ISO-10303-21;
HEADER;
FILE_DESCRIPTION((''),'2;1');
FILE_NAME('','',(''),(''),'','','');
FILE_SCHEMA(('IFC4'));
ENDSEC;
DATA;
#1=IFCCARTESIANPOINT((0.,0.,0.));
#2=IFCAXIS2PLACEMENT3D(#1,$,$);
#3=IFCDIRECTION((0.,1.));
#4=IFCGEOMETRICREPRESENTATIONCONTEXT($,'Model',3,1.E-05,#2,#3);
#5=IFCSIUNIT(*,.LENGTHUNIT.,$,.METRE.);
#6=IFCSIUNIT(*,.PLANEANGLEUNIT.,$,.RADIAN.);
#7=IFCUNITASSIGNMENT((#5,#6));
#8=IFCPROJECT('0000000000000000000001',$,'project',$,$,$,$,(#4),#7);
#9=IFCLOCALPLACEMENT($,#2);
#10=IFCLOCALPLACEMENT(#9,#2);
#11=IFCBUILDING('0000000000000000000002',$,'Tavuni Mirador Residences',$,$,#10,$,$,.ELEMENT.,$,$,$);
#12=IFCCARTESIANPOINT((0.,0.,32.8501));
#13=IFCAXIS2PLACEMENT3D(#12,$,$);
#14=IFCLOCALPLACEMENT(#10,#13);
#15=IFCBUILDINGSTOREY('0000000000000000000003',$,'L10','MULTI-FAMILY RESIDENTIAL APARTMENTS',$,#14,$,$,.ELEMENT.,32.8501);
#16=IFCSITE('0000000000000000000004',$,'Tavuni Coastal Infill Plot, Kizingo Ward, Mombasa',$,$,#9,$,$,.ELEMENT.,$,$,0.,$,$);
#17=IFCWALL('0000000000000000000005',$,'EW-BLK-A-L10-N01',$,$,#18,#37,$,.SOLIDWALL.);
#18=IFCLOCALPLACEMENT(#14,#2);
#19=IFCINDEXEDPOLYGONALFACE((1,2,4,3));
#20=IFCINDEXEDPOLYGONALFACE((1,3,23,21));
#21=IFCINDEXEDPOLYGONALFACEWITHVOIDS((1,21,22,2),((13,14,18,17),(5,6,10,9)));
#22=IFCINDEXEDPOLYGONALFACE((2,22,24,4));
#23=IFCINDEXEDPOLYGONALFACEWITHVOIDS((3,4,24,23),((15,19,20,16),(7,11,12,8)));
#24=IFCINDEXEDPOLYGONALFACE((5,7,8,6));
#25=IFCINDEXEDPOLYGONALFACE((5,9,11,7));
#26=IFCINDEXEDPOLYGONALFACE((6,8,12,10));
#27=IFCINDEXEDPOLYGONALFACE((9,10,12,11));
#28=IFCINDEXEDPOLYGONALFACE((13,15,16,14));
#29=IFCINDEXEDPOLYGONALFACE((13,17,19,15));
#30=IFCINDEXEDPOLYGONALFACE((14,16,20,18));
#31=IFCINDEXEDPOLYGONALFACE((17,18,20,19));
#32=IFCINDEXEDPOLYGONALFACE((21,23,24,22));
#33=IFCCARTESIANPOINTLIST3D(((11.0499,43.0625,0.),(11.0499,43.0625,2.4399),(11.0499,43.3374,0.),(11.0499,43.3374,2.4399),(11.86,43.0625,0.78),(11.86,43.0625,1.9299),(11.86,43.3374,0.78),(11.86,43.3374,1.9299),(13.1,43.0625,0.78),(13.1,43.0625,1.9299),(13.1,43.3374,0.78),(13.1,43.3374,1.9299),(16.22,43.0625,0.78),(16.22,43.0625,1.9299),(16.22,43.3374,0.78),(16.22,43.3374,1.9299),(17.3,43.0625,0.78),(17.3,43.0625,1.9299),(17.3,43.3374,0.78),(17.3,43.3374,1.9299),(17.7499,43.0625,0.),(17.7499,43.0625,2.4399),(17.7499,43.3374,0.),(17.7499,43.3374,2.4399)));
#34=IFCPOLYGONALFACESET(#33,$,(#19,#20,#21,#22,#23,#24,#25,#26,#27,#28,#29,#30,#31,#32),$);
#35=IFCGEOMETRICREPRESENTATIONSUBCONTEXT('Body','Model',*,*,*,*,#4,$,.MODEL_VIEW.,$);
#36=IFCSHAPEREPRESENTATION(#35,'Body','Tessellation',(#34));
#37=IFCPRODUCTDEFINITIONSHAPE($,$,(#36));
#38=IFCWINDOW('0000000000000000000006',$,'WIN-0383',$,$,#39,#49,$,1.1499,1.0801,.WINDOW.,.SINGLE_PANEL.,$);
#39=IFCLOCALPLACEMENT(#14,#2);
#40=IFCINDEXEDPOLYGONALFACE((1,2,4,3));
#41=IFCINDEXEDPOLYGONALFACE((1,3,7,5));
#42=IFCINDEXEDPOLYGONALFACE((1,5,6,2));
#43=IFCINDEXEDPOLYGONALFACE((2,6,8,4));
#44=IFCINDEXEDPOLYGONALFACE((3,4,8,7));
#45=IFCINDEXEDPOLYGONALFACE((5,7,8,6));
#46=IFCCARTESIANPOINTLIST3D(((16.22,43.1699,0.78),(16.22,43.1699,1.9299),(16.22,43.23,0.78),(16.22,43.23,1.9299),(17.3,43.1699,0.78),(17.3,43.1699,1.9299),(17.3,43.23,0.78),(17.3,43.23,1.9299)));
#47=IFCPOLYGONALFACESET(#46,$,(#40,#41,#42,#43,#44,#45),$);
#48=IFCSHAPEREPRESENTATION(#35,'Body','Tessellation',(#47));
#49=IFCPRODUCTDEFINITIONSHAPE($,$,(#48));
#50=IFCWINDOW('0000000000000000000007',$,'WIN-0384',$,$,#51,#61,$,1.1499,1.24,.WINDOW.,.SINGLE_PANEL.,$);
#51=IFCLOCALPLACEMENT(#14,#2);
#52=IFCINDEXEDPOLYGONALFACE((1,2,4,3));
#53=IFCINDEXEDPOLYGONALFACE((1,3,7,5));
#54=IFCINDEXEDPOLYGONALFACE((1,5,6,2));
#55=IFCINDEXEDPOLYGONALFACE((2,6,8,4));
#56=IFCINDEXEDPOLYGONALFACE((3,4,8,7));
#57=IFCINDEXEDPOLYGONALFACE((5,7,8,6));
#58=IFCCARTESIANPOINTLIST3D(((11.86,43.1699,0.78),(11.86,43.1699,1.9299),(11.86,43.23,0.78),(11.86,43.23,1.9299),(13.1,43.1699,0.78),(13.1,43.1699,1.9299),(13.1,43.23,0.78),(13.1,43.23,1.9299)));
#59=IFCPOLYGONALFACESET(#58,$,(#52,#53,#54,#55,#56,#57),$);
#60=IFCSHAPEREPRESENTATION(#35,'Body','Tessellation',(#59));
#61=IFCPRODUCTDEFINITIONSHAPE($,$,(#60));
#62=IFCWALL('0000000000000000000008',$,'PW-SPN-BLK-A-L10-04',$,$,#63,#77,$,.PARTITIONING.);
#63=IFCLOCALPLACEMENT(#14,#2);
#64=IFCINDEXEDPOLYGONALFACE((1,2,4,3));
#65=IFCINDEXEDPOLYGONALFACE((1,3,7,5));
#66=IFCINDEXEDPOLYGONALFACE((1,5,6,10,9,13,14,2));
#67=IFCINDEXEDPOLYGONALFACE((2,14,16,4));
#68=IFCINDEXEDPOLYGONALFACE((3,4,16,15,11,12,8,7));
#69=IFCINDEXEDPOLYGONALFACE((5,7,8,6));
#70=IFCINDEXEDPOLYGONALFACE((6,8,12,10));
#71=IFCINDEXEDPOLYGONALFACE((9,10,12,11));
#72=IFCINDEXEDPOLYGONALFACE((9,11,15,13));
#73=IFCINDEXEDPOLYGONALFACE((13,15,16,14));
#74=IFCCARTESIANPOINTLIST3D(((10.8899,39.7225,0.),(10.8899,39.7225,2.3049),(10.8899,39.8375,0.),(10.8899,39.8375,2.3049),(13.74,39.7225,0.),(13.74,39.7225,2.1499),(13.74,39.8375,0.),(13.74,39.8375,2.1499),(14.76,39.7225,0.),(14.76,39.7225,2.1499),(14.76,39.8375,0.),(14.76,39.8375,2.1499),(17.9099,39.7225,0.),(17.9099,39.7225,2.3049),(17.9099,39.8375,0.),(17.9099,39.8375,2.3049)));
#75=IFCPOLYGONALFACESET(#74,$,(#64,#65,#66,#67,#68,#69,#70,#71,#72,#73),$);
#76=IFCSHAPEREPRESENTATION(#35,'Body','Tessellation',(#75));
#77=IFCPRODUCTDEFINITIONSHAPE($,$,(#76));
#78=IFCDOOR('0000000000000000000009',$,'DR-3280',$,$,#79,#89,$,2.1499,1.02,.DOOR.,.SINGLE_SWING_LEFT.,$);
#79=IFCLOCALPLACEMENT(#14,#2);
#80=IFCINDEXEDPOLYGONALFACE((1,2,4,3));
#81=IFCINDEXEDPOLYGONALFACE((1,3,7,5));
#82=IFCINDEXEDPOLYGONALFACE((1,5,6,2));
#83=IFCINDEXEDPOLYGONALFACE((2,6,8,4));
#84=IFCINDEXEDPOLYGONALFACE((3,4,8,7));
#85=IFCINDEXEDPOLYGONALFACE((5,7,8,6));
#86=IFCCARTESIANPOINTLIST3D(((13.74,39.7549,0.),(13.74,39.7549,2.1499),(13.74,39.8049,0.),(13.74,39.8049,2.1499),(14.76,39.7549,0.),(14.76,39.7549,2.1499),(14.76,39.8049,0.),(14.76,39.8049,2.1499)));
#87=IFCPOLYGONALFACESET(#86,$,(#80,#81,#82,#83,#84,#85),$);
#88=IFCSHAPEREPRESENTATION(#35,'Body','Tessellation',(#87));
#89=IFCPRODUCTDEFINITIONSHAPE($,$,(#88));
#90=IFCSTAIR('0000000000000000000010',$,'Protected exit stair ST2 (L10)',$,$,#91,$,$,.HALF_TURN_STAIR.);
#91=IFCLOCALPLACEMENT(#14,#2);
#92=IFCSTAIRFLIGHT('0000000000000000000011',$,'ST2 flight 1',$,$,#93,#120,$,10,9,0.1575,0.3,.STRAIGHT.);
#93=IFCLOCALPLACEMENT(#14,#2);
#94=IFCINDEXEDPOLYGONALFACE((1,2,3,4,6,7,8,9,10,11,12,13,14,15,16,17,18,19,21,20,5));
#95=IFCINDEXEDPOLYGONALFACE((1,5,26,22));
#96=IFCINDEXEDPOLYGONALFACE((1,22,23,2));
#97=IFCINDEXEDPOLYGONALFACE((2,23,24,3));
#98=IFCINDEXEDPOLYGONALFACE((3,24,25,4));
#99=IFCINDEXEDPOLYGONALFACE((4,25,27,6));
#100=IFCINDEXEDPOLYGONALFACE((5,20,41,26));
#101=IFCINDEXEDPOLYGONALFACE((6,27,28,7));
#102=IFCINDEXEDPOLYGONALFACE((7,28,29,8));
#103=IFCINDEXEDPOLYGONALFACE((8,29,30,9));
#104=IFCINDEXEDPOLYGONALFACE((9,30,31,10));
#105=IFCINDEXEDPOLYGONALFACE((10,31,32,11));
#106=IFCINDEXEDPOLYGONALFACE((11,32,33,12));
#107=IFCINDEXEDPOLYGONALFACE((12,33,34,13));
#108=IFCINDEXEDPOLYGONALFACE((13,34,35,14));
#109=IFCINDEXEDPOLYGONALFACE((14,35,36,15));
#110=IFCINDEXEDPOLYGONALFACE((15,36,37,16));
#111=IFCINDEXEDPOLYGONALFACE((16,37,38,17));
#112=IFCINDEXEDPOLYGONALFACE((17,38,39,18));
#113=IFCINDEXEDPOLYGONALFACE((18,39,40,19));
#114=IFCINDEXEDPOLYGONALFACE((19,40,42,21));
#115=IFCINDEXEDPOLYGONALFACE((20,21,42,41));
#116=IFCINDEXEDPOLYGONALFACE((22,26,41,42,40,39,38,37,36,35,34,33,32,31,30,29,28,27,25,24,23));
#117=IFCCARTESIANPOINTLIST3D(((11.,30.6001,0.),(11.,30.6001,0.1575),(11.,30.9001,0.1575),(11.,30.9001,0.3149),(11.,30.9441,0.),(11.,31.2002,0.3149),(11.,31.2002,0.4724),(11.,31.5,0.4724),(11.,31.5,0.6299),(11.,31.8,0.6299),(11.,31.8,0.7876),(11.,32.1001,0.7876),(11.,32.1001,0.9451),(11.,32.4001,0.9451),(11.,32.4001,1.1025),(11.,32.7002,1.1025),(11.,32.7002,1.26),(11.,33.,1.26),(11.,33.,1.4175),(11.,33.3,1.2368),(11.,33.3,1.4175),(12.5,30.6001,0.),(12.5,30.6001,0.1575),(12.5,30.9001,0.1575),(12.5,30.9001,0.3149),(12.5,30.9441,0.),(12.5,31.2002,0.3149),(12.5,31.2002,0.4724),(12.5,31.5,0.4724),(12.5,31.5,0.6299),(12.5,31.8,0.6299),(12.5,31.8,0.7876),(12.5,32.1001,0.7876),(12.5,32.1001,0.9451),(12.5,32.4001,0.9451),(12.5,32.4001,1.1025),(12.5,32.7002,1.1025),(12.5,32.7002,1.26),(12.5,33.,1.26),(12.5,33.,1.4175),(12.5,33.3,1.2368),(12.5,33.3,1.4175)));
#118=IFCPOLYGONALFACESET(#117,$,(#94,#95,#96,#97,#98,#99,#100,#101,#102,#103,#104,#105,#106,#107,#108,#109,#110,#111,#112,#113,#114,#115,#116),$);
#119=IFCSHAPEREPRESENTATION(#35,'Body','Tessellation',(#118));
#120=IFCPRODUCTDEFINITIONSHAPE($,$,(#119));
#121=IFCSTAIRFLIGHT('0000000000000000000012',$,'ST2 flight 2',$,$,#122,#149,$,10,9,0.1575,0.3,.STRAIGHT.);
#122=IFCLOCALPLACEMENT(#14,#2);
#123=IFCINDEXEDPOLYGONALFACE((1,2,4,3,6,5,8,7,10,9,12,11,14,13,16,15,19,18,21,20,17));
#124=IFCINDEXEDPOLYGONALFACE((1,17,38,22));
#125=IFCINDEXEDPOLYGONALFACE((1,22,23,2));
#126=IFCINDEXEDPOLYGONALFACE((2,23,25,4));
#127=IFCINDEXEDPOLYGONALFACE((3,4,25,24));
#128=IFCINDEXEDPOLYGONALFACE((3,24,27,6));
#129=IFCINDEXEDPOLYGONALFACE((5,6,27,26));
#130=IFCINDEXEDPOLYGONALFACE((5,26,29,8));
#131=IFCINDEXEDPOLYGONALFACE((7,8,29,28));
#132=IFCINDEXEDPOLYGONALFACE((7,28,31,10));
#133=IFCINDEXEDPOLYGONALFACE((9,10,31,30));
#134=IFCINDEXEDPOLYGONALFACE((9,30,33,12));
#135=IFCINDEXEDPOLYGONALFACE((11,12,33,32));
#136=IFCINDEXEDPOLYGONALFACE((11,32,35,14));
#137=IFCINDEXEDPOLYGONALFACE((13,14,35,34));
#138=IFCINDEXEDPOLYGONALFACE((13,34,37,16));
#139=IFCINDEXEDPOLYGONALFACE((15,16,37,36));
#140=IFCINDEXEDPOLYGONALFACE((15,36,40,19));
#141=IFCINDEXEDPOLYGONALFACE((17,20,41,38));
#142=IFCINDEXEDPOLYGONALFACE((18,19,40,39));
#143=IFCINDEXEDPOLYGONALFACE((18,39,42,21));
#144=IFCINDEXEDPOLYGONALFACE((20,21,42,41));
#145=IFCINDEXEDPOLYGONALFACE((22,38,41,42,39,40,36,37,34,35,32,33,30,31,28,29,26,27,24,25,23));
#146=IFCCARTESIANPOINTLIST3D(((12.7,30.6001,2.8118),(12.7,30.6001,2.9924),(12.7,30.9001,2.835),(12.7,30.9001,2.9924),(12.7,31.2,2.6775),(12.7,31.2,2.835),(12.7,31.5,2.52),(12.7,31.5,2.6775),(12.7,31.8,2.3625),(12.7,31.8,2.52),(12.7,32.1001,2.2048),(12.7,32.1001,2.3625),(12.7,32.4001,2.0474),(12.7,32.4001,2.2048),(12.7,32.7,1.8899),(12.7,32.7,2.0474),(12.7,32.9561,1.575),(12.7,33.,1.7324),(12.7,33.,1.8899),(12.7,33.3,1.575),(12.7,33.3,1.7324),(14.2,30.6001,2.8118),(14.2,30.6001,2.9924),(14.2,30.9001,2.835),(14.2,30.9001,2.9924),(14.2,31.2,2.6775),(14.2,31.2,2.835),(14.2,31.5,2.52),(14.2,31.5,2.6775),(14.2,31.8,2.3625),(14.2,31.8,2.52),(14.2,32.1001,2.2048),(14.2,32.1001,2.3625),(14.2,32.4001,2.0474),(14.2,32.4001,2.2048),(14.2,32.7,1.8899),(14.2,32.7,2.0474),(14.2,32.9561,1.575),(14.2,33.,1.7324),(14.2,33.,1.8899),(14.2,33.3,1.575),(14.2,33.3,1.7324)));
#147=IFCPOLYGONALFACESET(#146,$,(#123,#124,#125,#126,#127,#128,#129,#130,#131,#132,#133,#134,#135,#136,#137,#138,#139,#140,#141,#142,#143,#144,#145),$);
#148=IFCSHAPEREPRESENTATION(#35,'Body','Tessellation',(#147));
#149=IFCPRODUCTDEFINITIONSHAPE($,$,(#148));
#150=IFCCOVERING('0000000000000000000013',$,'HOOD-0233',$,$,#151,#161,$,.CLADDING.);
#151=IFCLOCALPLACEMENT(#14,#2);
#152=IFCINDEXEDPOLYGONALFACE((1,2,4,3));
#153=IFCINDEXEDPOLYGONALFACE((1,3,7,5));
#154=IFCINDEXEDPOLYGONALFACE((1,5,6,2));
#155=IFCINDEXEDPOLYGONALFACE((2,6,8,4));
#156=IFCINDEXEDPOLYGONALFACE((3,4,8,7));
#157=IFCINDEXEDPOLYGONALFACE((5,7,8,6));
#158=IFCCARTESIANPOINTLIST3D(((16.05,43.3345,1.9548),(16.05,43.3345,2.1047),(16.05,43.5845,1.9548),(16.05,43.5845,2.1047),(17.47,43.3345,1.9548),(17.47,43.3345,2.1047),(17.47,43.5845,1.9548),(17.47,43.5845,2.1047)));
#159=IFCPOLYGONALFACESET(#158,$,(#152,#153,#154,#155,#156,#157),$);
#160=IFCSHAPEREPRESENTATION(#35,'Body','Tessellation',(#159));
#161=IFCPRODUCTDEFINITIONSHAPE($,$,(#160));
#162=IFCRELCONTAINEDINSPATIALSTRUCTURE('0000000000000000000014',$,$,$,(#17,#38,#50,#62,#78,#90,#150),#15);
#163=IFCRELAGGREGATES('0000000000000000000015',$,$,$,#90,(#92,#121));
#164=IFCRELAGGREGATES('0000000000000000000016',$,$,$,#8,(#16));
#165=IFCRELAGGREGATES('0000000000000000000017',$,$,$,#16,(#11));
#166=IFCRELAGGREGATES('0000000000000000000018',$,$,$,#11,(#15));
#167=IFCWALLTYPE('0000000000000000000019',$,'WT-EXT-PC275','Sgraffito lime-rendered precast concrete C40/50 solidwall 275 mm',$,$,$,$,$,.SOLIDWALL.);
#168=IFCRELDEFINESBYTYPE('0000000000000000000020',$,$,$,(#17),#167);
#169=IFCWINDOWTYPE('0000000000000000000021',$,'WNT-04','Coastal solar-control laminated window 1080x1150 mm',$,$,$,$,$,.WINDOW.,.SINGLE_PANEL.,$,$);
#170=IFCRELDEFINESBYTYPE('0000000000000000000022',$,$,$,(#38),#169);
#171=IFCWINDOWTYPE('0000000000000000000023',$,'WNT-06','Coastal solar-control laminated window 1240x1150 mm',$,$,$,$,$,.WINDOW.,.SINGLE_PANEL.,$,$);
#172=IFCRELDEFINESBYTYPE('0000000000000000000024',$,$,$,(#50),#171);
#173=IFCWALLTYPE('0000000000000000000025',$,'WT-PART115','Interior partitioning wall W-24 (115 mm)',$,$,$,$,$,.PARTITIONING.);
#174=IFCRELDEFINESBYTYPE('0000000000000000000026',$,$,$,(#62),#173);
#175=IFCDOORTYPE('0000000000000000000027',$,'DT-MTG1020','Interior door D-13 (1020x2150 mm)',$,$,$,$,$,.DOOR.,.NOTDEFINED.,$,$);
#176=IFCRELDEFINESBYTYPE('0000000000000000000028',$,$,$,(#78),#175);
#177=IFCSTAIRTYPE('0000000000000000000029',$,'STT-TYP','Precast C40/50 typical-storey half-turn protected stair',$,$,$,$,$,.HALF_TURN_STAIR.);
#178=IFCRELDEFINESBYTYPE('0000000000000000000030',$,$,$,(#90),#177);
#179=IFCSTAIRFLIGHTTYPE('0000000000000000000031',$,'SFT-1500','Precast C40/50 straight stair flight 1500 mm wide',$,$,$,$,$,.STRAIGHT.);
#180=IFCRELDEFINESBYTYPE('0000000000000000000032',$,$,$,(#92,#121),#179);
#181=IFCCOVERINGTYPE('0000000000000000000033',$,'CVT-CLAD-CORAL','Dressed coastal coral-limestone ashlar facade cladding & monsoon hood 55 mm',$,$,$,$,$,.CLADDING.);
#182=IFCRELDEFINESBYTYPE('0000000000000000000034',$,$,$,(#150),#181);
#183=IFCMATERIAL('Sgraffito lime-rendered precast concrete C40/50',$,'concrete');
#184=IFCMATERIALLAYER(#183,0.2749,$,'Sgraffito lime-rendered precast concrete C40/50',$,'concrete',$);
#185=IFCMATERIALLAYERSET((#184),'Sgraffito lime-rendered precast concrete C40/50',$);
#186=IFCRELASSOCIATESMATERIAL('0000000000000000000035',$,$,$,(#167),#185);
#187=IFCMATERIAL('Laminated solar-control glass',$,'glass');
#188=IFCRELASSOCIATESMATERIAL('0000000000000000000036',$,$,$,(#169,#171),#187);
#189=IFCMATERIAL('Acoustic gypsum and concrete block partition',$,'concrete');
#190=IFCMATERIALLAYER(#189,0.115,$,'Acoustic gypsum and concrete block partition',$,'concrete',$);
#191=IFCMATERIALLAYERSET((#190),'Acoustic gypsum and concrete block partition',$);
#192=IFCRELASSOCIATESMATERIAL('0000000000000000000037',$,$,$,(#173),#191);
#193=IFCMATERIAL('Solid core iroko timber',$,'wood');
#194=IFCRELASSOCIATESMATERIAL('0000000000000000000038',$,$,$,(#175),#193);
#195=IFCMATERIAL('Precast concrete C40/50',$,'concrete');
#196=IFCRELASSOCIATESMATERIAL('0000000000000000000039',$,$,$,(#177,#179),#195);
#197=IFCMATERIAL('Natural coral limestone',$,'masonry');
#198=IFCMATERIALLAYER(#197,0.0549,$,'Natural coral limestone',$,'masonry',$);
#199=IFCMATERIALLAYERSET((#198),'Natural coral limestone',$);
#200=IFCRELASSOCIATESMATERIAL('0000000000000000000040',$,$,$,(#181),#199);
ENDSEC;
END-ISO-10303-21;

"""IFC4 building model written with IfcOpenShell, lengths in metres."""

from ifc_helpers import new_model, si_unit, direction, frame, frame_2d, origin, origin_2d, place, context, subcontext, project, spatial, polyline, rectangle, outline, extrude, material, layer, layer_set, type_object, element, fill, aggregate, save


model = new_model("IFC4")

# Units and contexts
model_context = context("Model", 3, precision=1e-05, world=origin(), true_north=direction((0.0, 1.0)))
body_context = subcontext(model_context, "Body", "Model", "MODEL_VIEW")
ifc_project = project(units=[si_unit("LENGTHUNIT", "METRE"), si_unit("PLANEANGLEUNIT", "RADIAN")], contexts=[model_context])

# Site, building, storey
site_placement = place(None, origin())
site = spatial("IfcSite", under=ifc_project, at=site_placement, Name="Tavuni Coastal Infill Plot, Kizingo Ward, Mombasa", CompositionType="ELEMENT", RefElevation=0.0)
building_placement = place(site_placement, origin())
building = spatial("IfcBuilding", under=site, at=building_placement, Name="Tavuni Mirador Residences", CompositionType="ELEMENT")
storey_placement = place(building_placement, frame((0.0, 0.0, 32.8501)))
storey = spatial("IfcBuildingStorey", under=building, at=storey_placement, Name="L10", Description="MULTI-FAMILY RESIDENTIAL APARTMENTS", CompositionType="ELEMENT", Elevation=32.8501)

# Shared definitions
ifc_material_1 = material(Name="Precast concrete C40/50", Category="concrete")

# Shared definitions
ifc_material_2 = material(Name="Solid core iroko timber", Category="wood")

# Wall, openings, windows
ifc_material_3 = material(Name="Sgraffito lime-rendered precast concrete C40/50", Category="concrete")
ifc_layer_1 = layer(ifc_material_3, 0.2749, Name="Sgraffito lime-rendered precast concrete C40/50", Category="concrete")
ifc_layer_set_1 = layer_set([ifc_layer_1], Name="Sgraffito lime-rendered precast concrete C40/50")
wall_type_1 = type_object("IfcWallType", Name="WT-EXT-PC275", Description="Sgraffito lime-rendered precast concrete C40/50 solidwall 275 mm", PredefinedType="SOLIDWALL", material=ifc_layer_set_1)
wall_1_placement = place(storey_placement, frame((17.75, 43.2, 0.0), z_axis=(0.0, 0.0, 1.0), x_axis=(-1.0, 0.0, 0.0)))
wall_1 = element("IfcWall", 1, at=wall_1_placement, inside=storey, type_object=wall_type_1, Name="EW-BLK-A-L10-N01", PredefinedType="SOLIDWALL", context=body_context, shape_type="SweptSolid", body=[
    extrude(rectangle(XDim=6.7, YDim=0.2749, at=frame_2d((3.3501, 0.0))), origin(), (0.0, 0.0, 1.0), 2.4399),
])
opening_1_placement = place(wall_1_placement, frame((0.45, 0.0, 0.78)))
opening_1 = element("IfcOpeningElement", 2, at=opening_1_placement, cuts=wall_1, PredefinedType="OPENING", context=body_context, shape_type="SweptSolid", body=[
    extrude(rectangle(XDim=1.0801, YDim=1.1499, at=frame_2d((0.54, 0.575))), frame((0.0, 0.1475, 0.0), z_axis=(0.0, -1.0, 0.0), x_axis=(1.0, 0.0, 0.0)), (0.0, 0.0, 1.0), 0.2949),
])
opening_2_placement = place(wall_1_placement, frame((4.6499, 0.0, 0.78)))
opening_2 = element("IfcOpeningElement", 3, at=opening_2_placement, cuts=wall_1, PredefinedType="OPENING", context=body_context, shape_type="SweptSolid", body=[
    extrude(rectangle(XDim=1.24, YDim=1.1499, at=frame_2d((0.6201, 0.575))), frame((0.0, 0.1475, 0.0), z_axis=(0.0, -1.0, 0.0), x_axis=(1.0, 0.0, 0.0)), (0.0, 0.0, 1.0), 0.2949),
])
ifc_material_4 = material(Name="Laminated solar-control glass", Category="glass")
window_type_1 = type_object("IfcWindowType", Name="WNT-04", Description="Coastal solar-control laminated window 1080x1150 mm", PartitioningType="SINGLE_PANEL", PredefinedType="WINDOW", material=ifc_material_4)
window_1_placement = place(opening_1_placement, origin())
window_1 = element("IfcWindow", 4, at=window_1_placement, inside=storey, type_object=window_type_1, Name="WIN-0383", OverallHeight=1.1499, OverallWidth=1.0801, PartitioningType="SINGLE_PANEL", PredefinedType="WINDOW", context=body_context, shape_type="SweptSolid", body=[
    extrude(rectangle(XDim=1.0801, YDim=1.1499, at=frame_2d((0.54, 0.575))), frame((0.0, 0.03, 0.0), z_axis=(0.0, -1.0, 0.0), x_axis=(1.0, 0.0, 0.0)), (0.0, 0.0, 1.0), 0.0601),
])
fill(opening_1, window_1)
window_type_2 = type_object("IfcWindowType", Name="WNT-06", Description="Coastal solar-control laminated window 1240x1150 mm", PartitioningType="SINGLE_PANEL", PredefinedType="WINDOW", material=ifc_material_4)
window_2_placement = place(opening_2_placement, origin())
window_2 = element("IfcWindow", 5, at=window_2_placement, inside=storey, type_object=window_type_2, Name="WIN-0384", OverallHeight=1.1499, OverallWidth=1.24, PartitioningType="SINGLE_PANEL", PredefinedType="WINDOW", context=body_context, shape_type="SweptSolid", body=[
    extrude(rectangle(XDim=1.24, YDim=1.1499, at=frame_2d((0.6201, 0.575))), frame((0.0, 0.03, 0.0), z_axis=(0.0, -1.0, 0.0), x_axis=(1.0, 0.0, 0.0)), (0.0, 0.0, 1.0), 0.0601),
])
fill(opening_2, window_2)

# Wall, opening, door
ifc_material_5 = material(Name="Acoustic gypsum and concrete block partition", Category="concrete")
ifc_layer_2 = layer(ifc_material_5, 0.115, Name="Acoustic gypsum and concrete block partition", Category="concrete")
ifc_layer_set_2 = layer_set([ifc_layer_2], Name="Acoustic gypsum and concrete block partition")
wall_type_2 = type_object("IfcWallType", Name="WT-PART115", Description="Interior partitioning wall W-24 (115 mm)", PredefinedType="PARTITIONING", material=ifc_layer_set_2)
wall_2_placement = place(storey_placement, frame((10.8899, 39.78, 0.0), z_axis=(0.0, 0.0, 1.0), x_axis=(1.0, 0.0, 0.0)))
wall_2 = element("IfcWall", 6, at=wall_2_placement, inside=storey, type_object=wall_type_2, Name="PW-SPN-BLK-A-L10-04", PredefinedType="PARTITIONING", context=body_context, shape_type="SweptSolid", body=[
    extrude(rectangle(XDim=7.02, YDim=0.115, at=frame_2d((3.51, 0.0))), origin(), (0.0, 0.0, 1.0), 2.3049),
])
opening_3_placement = place(wall_2_placement, frame((2.8501, 0.0, 0.0)))
opening_3 = element("IfcOpeningElement", 7, at=opening_3_placement, cuts=wall_2, PredefinedType="OPENING", context=body_context, shape_type="SweptSolid", body=[
    extrude(rectangle(XDim=1.02, YDim=2.1499, at=frame_2d((0.51, 1.075))), frame((0.0, 0.0674, 0.0), z_axis=(0.0, -1.0, 0.0), x_axis=(1.0, 0.0, 0.0)), (0.0, 0.0, 1.0), 0.135),
])
door_type_1 = type_object("IfcDoorType", Name="DT-MTG1020", Description="Interior door D-13 (1020x2150 mm)", OperationType="NOTDEFINED", PredefinedType="DOOR", material=ifc_material_2)
door_1_placement = place(opening_3_placement, origin())
door_1 = element("IfcDoor", 8, at=door_1_placement, inside=storey, type_object=door_type_1, Name="DR-3280", OperationType="SINGLE_SWING_LEFT", OverallHeight=2.1499, OverallWidth=1.02, PredefinedType="DOOR", context=body_context, shape_type="SweptSolid", body=[
    extrude(rectangle(XDim=1.02, YDim=2.1499, at=frame_2d((0.51, 1.075))), frame((0.0, 0.0249, 0.0), z_axis=(0.0, -1.0, 0.0), x_axis=(1.0, 0.0, 0.0)), (0.0, 0.0, 1.0), 0.05),
])
fill(opening_3, door_1)

# Stair, stair flights
stair_type = type_object("IfcStairType", Name="STT-TYP", Description="Precast C40/50 typical-storey half-turn protected stair", PredefinedType="HALF_TURN_STAIR", material=ifc_material_1)
stair_placement = place(storey_placement, origin())
stair = element("IfcStair", 9, at=stair_placement, inside=storey, type_object=stair_type, Name="Protected exit stair ST2 (L10)", PredefinedType="HALF_TURN_STAIR")
stair_flight_type = type_object("IfcStairFlightType", Name="SFT-1500", Description="Precast C40/50 straight stair flight 1500 mm wide", PredefinedType="STRAIGHT", material=ifc_material_1)
stair_flight_1_placement = place(storey_placement, frame((11.75, 30.6001, 0.0), z_axis=(0.0, 0.0, 1.0), x_axis=(0.0, 1.0, 0.0)))
stair_flight_1 = element("IfcStairFlight", 10, at=stair_flight_1_placement, type_object=stair_flight_type, Name="ST2 flight 1", NumberOfRisers=10, NumberOfTreads=9, PredefinedType="STRAIGHT", RiserHeight=0.1575, TreadLength=0.3, context=body_context, shape_type="SweptSolid", body=[
    extrude(outline(polyline([(0.0, 0.0), (0.0, 0.1575), (0.3, 0.1575), (0.3, 0.3149), (0.6001, 0.3149), (0.6001, 0.4724), (0.8999, 0.4724), (0.8999, 0.6299), (1.2, 0.6299), (1.2, 0.7876), (1.5, 0.7876), (1.5, 0.9451), (1.8, 0.9451), (1.8, 1.1025), (2.1001, 1.1025), (2.1001, 1.26), (2.3999, 1.26), (2.3999, 1.4175), (2.7, 1.4175), (2.7, 1.575), (2.7, 1.2368), (0.344, 0.0), (0.0, 0.0)])), frame((0.0, 0.75, 0.0), z_axis=(0.0, -1.0, 0.0), x_axis=(1.0, 0.0, 0.0)), (0.0, 0.0, 1.0), 1.5),
])
stair_flight_2_placement = place(storey_placement, frame((13.45, 33.3, 1.575), z_axis=(0.0, 0.0, 1.0), x_axis=(0.0, -1.0, 0.0)))
stair_flight_2 = element("IfcStairFlight", 11, at=stair_flight_2_placement, type_object=stair_flight_type, Name="ST2 flight 2", NumberOfRisers=10, NumberOfTreads=9, PredefinedType="STRAIGHT", RiserHeight=0.1575, TreadLength=0.3, context=body_context, shape_type="SweptSolid", body=[
    extrude(outline(polyline([(0.0, 0.0), (0.0, 0.1575), (0.3, 0.1575), (0.3, 0.3149), (0.6001, 0.3149), (0.6001, 0.4724), (0.8999, 0.4724), (0.8999, 0.6299), (1.2, 0.6299), (1.2, 0.7876), (1.5, 0.7876), (1.5, 0.9451), (1.8, 0.9451), (1.8, 1.1025), (2.1001, 1.1025), (2.1001, 1.26), (2.3999, 1.26), (2.3999, 1.4175), (2.7, 1.4175), (2.7, 1.575), (2.7, 1.2368), (0.344, 0.0), (0.0, 0.0)])), frame((0.0, 0.75, 0.0), z_axis=(0.0, -1.0, 0.0), x_axis=(1.0, 0.0, 0.0)), (0.0, 0.0, 1.0), 1.5),
])
aggregate(stair, [stair_flight_1, stair_flight_2])

# Covering
ifc_material_6 = material(Name="Natural coral limestone", Category="masonry")
ifc_layer_3 = layer(ifc_material_6, 0.0549, Name="Natural coral limestone", Category="masonry")
ifc_layer_set_3 = layer_set([ifc_layer_3], Name="Natural coral limestone")
covering_type = type_object("IfcCoveringType", Name="CVT-CLAD-CORAL", Description="Dressed coastal coral-limestone ashlar facade cladding & monsoon hood 55 mm", PredefinedType="CLADDING", material=ifc_layer_set_3)
covering_1_placement = place(storey_placement, frame((16.76, 43.4595, 1.9548), z_axis=(0.0, 0.0, 1.0), x_axis=(-1.0, 0.0, 0.0)))
element("IfcCovering", 12, at=covering_1_placement, inside=storey, type_object=covering_type, Name="HOOD-0233", PredefinedType="CLADDING", context=body_context, shape_type="SweptSolid", body=[
    extrude(rectangle(XDim=1.4199, YDim=0.25, at=origin_2d()), origin(), (0.0, 0.0, 1.0), 0.1499),
])

save(model, "model.ifc")
